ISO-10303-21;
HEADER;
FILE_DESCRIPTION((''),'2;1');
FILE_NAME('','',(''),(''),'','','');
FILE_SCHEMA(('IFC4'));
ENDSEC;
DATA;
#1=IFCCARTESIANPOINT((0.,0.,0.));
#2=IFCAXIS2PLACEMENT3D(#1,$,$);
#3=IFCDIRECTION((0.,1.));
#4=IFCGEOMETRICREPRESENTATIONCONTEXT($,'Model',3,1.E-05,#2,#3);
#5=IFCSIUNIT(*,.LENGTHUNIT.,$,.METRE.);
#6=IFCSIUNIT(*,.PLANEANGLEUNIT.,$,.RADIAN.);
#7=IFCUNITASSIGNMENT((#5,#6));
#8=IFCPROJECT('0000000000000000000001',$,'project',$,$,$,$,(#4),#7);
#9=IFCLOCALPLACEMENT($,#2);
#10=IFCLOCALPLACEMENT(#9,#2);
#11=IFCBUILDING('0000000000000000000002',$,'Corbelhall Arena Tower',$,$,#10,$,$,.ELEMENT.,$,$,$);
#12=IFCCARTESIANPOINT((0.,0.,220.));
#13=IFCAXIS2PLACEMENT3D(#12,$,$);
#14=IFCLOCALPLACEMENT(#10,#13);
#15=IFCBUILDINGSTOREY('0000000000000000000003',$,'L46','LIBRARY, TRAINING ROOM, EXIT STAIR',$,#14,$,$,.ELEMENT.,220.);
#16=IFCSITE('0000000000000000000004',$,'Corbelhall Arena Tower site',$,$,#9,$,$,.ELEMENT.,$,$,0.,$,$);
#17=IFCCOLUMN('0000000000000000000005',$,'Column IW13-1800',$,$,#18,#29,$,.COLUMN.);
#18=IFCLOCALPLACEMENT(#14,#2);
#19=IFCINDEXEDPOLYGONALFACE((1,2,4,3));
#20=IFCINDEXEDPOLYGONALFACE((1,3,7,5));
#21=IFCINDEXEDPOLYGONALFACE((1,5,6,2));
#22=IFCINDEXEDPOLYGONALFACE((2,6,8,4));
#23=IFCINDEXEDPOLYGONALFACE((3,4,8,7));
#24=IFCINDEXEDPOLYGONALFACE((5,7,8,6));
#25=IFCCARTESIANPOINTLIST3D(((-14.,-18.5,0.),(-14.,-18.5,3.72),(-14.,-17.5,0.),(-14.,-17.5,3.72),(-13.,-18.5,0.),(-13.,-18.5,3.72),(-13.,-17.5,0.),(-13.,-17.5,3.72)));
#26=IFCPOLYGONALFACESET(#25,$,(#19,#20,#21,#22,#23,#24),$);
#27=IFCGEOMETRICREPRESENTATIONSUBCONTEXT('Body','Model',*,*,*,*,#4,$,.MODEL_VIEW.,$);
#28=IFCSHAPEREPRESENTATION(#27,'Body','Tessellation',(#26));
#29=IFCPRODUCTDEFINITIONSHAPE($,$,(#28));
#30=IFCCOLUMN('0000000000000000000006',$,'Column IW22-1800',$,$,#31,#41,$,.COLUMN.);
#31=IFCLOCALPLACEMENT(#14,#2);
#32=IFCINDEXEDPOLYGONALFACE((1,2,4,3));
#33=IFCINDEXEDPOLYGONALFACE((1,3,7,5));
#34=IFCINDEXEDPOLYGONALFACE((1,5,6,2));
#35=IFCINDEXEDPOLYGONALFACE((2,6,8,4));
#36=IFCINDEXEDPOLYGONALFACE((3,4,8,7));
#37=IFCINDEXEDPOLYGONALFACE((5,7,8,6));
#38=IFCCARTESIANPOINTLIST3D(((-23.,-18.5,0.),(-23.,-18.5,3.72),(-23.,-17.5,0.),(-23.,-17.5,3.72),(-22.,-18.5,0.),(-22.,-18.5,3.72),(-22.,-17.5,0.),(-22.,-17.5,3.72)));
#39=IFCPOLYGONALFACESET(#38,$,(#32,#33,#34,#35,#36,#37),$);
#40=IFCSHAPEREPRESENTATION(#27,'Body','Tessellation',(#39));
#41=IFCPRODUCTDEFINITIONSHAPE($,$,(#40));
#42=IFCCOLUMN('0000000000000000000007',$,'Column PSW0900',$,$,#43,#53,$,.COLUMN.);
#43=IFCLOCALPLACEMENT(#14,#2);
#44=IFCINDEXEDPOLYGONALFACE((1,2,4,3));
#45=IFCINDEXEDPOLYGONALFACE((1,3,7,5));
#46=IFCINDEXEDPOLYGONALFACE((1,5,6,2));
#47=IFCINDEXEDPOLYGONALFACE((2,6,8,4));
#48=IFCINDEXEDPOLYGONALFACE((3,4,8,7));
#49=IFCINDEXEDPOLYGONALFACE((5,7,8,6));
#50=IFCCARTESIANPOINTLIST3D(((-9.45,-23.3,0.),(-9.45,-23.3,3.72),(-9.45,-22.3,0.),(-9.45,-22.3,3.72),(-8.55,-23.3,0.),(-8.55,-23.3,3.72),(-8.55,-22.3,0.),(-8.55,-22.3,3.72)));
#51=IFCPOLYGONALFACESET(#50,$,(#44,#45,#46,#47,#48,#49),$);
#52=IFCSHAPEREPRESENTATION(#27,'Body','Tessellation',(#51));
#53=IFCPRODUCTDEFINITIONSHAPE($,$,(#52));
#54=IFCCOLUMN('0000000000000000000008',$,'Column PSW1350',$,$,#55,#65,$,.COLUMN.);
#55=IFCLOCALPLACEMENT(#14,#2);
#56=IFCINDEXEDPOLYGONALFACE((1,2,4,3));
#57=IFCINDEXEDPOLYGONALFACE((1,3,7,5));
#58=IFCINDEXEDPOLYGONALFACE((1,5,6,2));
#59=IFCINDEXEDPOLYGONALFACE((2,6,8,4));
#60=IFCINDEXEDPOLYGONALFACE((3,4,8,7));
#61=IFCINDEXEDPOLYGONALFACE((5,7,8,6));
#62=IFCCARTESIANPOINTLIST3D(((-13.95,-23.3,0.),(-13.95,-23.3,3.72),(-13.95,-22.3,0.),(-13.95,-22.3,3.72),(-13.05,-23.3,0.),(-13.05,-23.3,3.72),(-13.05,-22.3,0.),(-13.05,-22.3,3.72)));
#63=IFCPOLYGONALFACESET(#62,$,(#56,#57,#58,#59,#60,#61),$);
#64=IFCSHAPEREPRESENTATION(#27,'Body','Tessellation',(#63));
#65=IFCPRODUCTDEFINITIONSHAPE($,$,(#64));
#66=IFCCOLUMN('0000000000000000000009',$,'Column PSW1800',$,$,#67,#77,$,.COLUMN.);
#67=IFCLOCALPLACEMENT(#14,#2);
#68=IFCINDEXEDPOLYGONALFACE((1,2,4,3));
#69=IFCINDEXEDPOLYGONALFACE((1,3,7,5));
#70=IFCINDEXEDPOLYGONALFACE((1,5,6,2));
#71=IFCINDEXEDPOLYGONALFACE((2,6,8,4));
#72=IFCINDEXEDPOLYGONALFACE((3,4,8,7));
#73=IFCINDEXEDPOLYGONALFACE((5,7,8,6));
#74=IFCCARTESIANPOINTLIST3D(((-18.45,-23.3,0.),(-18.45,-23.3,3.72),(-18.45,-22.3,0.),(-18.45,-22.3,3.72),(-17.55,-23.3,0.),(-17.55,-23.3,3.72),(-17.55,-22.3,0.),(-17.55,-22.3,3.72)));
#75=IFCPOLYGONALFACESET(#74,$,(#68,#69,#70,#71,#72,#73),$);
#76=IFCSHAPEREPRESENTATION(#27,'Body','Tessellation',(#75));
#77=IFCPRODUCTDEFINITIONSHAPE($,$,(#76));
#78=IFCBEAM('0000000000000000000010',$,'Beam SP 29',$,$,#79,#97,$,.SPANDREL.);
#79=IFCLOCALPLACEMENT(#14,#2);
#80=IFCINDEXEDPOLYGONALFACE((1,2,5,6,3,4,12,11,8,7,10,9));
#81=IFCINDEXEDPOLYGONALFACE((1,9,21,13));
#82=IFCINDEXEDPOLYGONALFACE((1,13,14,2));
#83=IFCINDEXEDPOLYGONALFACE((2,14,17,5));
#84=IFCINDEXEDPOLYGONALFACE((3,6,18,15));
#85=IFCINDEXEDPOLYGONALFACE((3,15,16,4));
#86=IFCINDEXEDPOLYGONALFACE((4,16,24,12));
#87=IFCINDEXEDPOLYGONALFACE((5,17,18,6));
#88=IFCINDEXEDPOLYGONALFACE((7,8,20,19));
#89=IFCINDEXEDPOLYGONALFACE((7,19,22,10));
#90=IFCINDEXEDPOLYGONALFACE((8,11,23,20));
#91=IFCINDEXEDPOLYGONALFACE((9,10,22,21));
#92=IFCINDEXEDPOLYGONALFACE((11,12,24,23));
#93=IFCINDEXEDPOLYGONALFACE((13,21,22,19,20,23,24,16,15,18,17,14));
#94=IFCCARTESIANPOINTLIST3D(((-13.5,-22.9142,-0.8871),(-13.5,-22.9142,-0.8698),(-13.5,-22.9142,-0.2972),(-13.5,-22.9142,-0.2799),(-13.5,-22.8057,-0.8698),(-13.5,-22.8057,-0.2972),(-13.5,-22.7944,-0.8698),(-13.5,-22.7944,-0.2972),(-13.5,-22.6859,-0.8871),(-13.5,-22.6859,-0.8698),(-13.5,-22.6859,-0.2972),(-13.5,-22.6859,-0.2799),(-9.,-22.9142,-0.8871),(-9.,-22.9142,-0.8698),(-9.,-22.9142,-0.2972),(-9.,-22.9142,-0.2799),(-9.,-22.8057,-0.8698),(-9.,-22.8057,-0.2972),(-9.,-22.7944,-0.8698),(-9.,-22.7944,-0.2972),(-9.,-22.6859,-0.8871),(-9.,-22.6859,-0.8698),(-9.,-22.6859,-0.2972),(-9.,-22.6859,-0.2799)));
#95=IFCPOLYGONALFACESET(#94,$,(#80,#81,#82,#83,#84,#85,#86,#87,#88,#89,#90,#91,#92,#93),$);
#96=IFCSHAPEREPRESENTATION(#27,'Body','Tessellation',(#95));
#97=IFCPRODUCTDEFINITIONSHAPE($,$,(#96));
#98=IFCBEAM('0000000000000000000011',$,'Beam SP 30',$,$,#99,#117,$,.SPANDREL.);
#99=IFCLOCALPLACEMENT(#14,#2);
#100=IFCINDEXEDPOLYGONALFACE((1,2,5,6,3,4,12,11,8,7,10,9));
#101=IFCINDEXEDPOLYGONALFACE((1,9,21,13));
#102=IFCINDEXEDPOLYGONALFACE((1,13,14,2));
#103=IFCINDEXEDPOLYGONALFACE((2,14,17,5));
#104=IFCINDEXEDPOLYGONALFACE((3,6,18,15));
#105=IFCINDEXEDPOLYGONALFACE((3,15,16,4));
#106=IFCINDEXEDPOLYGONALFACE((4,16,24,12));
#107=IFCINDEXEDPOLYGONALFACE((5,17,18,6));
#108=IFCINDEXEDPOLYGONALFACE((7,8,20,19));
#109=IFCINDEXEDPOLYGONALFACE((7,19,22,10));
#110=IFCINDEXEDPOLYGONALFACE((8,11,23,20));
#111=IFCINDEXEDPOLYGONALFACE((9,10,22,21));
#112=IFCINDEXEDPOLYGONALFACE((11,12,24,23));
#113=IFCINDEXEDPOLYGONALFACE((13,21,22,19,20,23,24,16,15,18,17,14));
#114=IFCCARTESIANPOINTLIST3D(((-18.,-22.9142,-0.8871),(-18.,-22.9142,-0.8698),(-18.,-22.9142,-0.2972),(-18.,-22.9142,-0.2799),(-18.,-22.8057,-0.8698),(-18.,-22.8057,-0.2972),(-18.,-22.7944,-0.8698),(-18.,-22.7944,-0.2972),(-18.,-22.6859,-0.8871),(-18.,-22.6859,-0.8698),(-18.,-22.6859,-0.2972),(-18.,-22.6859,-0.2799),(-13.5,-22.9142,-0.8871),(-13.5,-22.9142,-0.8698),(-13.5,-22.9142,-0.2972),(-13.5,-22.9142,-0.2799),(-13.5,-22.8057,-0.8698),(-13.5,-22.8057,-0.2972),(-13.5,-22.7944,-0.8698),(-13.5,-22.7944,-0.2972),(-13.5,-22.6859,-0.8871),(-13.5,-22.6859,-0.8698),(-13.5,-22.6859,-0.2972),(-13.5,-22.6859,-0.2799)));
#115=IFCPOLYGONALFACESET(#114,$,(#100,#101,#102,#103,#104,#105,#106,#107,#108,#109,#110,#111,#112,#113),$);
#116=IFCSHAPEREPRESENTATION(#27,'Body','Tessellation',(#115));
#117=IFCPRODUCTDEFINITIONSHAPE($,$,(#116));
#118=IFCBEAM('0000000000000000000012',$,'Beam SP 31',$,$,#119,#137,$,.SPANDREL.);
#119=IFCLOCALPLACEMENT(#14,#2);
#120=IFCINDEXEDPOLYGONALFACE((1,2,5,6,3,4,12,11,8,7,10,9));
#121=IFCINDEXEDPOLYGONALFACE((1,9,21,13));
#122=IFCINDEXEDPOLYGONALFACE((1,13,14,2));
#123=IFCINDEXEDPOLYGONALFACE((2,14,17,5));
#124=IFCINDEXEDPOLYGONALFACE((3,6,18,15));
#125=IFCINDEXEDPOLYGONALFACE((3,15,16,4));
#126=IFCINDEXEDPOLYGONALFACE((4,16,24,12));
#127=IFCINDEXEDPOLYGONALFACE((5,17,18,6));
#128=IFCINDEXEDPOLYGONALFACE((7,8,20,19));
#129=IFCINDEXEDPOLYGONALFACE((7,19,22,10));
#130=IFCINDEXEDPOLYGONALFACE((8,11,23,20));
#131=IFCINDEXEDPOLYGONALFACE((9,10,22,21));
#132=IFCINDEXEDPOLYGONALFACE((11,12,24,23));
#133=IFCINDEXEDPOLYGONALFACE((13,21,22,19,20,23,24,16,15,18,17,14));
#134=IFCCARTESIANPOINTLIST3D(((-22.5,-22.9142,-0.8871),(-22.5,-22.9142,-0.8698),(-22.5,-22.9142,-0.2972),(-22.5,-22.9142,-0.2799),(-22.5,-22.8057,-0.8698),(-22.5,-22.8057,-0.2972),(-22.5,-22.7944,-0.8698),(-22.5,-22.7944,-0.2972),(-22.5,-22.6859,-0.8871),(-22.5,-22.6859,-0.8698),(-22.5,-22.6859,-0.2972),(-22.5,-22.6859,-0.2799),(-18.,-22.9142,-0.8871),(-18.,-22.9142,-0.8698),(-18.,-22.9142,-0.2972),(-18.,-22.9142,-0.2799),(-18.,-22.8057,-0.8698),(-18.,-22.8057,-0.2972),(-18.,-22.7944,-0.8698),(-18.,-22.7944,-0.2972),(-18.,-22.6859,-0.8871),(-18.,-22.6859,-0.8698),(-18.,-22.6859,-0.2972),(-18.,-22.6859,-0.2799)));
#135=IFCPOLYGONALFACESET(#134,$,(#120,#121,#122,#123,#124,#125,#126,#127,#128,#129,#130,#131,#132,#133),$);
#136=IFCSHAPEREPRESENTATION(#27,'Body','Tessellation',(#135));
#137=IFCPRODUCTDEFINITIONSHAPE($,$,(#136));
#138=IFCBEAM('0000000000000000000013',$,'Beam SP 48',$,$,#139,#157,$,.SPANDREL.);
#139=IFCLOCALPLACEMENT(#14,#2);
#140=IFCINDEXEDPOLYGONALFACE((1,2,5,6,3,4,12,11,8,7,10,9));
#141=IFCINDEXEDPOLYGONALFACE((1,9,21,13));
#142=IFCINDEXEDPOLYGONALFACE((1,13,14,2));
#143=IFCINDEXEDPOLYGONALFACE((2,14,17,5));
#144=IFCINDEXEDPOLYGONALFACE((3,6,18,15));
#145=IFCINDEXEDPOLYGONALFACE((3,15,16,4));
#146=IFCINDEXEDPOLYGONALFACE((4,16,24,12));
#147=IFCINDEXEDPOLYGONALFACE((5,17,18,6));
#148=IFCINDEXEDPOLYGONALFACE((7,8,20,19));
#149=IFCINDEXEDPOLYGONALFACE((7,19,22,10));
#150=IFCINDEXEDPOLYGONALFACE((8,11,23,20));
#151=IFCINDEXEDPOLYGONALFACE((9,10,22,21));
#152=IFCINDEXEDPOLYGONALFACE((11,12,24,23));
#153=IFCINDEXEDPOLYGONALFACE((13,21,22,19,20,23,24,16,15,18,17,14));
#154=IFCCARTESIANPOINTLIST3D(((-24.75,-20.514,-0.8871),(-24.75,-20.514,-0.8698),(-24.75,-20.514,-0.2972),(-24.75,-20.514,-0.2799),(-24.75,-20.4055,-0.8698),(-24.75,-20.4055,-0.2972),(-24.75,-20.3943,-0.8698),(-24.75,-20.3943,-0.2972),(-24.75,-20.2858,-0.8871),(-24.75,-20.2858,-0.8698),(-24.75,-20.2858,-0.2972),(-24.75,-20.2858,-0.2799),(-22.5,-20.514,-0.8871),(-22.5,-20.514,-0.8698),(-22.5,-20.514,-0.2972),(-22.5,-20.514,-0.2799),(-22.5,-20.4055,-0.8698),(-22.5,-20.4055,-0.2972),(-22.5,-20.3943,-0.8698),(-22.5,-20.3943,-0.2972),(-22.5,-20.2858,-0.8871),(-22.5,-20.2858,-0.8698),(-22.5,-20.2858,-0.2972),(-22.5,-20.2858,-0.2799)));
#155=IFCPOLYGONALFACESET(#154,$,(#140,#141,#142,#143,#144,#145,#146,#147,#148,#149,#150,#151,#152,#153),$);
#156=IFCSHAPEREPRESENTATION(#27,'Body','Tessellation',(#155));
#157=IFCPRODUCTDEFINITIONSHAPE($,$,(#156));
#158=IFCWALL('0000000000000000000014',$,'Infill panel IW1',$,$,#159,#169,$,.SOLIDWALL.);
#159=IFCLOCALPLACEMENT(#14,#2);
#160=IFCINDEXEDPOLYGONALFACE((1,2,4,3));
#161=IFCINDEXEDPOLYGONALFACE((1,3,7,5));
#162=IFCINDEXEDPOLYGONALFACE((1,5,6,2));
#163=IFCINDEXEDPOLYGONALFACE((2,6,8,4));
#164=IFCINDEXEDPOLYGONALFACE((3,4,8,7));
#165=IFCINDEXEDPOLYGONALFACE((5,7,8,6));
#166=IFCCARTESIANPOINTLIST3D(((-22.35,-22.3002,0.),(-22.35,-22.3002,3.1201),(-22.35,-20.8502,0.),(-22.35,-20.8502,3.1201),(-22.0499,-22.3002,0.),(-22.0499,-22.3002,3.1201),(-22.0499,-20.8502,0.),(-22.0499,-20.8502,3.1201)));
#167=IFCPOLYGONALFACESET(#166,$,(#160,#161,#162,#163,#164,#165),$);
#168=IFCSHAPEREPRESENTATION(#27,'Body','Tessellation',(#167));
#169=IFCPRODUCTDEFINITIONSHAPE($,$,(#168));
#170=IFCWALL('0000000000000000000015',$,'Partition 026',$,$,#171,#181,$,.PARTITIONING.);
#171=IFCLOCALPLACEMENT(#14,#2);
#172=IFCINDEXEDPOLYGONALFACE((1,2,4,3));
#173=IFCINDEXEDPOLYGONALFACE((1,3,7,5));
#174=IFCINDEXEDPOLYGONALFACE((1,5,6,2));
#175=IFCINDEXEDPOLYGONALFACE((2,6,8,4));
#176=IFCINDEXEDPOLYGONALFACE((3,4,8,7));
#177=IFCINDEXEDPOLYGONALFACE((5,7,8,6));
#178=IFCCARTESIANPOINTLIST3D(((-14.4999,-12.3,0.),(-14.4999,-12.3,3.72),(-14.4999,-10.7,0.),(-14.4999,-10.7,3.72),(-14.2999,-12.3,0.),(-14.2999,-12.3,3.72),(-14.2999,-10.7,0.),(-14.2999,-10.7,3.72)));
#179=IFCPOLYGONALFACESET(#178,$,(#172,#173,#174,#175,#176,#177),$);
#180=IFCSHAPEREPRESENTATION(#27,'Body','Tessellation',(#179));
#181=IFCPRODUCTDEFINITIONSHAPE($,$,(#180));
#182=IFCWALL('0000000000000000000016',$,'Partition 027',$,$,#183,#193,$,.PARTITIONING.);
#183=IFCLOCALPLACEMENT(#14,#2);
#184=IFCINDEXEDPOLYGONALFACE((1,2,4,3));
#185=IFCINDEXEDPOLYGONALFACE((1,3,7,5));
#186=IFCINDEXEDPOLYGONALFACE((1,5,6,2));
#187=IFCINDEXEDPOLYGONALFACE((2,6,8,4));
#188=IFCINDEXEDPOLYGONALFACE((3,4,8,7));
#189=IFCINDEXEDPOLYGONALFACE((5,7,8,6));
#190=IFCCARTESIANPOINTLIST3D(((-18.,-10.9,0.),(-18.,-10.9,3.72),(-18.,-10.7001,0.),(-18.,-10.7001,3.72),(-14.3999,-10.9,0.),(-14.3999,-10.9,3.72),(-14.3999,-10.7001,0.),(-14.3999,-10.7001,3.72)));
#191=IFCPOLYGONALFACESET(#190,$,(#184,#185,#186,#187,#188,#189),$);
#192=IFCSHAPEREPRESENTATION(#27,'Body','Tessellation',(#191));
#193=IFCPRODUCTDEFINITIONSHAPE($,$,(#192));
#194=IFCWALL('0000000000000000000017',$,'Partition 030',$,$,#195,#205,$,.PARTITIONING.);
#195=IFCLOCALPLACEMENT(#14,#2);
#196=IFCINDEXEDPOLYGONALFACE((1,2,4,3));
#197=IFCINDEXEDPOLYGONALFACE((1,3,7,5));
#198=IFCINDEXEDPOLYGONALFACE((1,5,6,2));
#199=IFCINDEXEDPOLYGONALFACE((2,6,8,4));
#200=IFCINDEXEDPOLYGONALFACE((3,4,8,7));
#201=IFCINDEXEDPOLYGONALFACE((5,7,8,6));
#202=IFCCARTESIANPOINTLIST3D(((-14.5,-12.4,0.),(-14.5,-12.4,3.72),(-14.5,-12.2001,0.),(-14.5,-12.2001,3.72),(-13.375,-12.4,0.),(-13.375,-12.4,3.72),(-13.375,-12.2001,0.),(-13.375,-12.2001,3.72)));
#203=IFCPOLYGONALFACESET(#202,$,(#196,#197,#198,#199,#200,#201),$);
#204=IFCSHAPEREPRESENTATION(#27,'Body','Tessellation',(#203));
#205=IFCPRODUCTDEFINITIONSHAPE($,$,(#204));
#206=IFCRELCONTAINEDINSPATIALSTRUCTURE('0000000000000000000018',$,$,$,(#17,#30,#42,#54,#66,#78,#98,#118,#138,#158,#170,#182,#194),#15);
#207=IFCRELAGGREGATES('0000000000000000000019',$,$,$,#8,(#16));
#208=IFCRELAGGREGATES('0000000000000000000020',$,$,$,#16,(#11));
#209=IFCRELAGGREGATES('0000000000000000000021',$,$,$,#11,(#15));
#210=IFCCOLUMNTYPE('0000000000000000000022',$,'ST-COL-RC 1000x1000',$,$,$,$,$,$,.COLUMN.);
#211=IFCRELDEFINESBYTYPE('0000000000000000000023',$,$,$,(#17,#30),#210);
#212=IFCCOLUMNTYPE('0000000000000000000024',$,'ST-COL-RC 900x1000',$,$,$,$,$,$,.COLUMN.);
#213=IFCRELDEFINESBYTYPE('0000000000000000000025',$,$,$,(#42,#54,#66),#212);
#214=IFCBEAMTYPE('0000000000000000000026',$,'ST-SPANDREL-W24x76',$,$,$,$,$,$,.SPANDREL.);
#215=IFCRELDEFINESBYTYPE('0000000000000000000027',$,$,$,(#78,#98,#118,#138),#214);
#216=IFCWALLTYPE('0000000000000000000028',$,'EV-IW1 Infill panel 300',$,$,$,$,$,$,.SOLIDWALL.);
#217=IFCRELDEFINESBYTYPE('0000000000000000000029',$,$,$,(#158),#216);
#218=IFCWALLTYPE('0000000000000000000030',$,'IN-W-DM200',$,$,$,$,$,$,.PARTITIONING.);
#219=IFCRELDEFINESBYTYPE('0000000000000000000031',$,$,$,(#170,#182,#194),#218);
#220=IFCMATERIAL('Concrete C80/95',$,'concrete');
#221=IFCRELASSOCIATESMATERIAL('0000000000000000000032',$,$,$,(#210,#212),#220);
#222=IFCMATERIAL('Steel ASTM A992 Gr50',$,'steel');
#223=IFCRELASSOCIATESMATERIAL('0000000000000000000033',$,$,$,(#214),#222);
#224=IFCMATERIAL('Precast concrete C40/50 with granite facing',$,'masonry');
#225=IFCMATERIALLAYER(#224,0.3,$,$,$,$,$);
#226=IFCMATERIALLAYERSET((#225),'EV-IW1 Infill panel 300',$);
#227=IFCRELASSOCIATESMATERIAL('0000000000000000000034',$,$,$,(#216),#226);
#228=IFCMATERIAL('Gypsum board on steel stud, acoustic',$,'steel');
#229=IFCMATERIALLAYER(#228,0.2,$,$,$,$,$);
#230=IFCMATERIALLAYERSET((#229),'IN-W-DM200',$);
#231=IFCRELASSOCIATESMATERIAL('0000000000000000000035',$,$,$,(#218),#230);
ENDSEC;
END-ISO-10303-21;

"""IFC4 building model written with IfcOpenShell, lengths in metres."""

from ifc_helpers import new_model, si_unit, direction, frame, frame_2d, origin, origin_2d, place, context, subcontext, project, spatial, rectangle, i_section, extrude, material, layer, layer_set, material_profile, profile_set, type_object, element, save


model = new_model("IFC4")

# Units and contexts
model_context = context("Model", 3, precision=1e-05, world=origin(), true_north=direction((0.0, 1.0)))
body_context = subcontext(model_context, "Body", "Model", "MODEL_VIEW")
ifc_project = project(units=[si_unit("LENGTHUNIT", "METRE"), si_unit("PLANEANGLEUNIT", "RADIAN")], contexts=[model_context])

# Site, building, storey
site_placement = place(None, origin())
site = spatial("IfcSite", under=ifc_project, at=site_placement, Name="Corbelhall Arena Tower site", CompositionType="ELEMENT", RefElevation=0.0)
building_placement = place(site_placement, origin())
building = spatial("IfcBuilding", under=site, at=building_placement, Name="Corbelhall Arena Tower", CompositionType="ELEMENT")
storey_placement = place(building_placement, frame((0.0, 0.0, 220.0)))
storey = spatial("IfcBuildingStorey", under=building, at=storey_placement, Name="L46", Description="LIBRARY, TRAINING ROOM, EXIT STAIR", CompositionType="ELEMENT", Elevation=220.0)

# Columns
ifc_material_1 = material(Name="Concrete C80/95", Category="concrete")
ifc_material_profile_1 = material_profile(ifc_material_1, rectangle(XDim=1.0, YDim=1.0, at=origin_2d()))
ifc_profile_set_1 = profile_set([ifc_material_profile_1], Name="Concrete C80/95")
column_type_1 = type_object("IfcColumnType", Name="ST-COL-RC 1000x1000", PredefinedType="COLUMN", material=ifc_profile_set_1)
for number, where, z_axis, x_axis, name in (
    (1, (-13.5, -18.0, 0.0), (0.0, 0.0, 1.0), (1.0, 0.0, 0.0), "Column IW13-1800"),
    (2, (-22.5, -18.0, 0.0), (0.0, 0.0, 1.0), (1.0, 0.0, 0.0), "Column IW22-1800"),
):
    element("IfcColumn", number, at=place(storey_placement, frame(where, z_axis=z_axis, x_axis=x_axis)), inside=storey, type_object=column_type_1, Name=name, PredefinedType="COLUMN", context=body_context, shape_type="SweptSolid", body=[
        extrude(rectangle(XDim=1.0, YDim=1.0, at=origin_2d()), origin(), (0.0, 0.0, 1.0), 3.72),
    ])
ifc_material_profile_2 = material_profile(ifc_material_1, rectangle(XDim=0.8999, YDim=1.0, at=origin_2d()))
ifc_profile_set_2 = profile_set([ifc_material_profile_2], Name="Concrete C80/95")
column_type_2 = type_object("IfcColumnType", Name="ST-COL-RC 900x1000", PredefinedType="COLUMN", material=ifc_profile_set_2)
for number, where, z_axis, x_axis, name in (
    (3, (-9.0, -22.8, 0.0), (0.0, 0.0, 1.0), (1.0, 0.0, 0.0), "Column PSW0900"),
    (4, (-13.5, -22.8, 0.0), (0.0, 0.0, 1.0), (1.0, 0.0, 0.0), "Column PSW1350"),
    (5, (-18.0, -22.8, 0.0), (0.0, 0.0, 1.0), (1.0, 0.0, 0.0), "Column PSW1800"),
):
    element("IfcColumn", number, at=place(storey_placement, frame(where, z_axis=z_axis, x_axis=x_axis)), inside=storey, type_object=column_type_2, Name=name, PredefinedType="COLUMN", context=body_context, shape_type="SweptSolid", body=[
        extrude(rectangle(XDim=0.8999, YDim=1.0, at=origin_2d()), origin(), (0.0, 0.0, 1.0), 3.72),
    ])

# Beams
ifc_material_2 = material(Name="Steel ASTM A992 Gr50", Category="steel")
ifc_material_profile_3 = material_profile(ifc_material_2, i_section(OverallWidth=0.2283, OverallDepth=0.6072, WebThickness=0.0112, FlangeThickness=0.0173, at=origin_2d()))
ifc_profile_set_3 = profile_set([ifc_material_profile_3], Name="Steel ASTM A992 Gr50")
beam_type = type_object("IfcBeamType", Name="ST-SPANDREL-W24x76", PredefinedType="SPANDREL", material=ifc_profile_set_3)
for number, where, z_axis, x_axis, name in (
    (6, (-9.0, -22.8, -0.5835), (-1.0, 0.0, 0.0), (0.0, -1.0, 0.0), "Beam SP 29"),
    (7, (-13.5, -22.8, -0.5835), (-1.0, 0.0, 0.0), (0.0, -1.0, 0.0), "Beam SP 30"),
    (8, (-18.0, -22.8, -0.5835), (-1.0, 0.0, 0.0), (0.0, -1.0, 0.0), "Beam SP 31"),
):
    element("IfcBeam", number, at=place(storey_placement, frame(where, z_axis=z_axis, x_axis=x_axis)), inside=storey, type_object=beam_type, Name=name, PredefinedType="SPANDREL", context=body_context, shape_type="SweptSolid", body=[
        extrude(i_section(OverallWidth=0.2283, OverallDepth=0.6072, WebThickness=0.0112, FlangeThickness=0.0173, at=origin_2d()), origin(), (0.0, 0.0, 1.0), 4.5),
    ])
beam_placement = place(storey_placement, frame((-22.5, -20.3999, -0.5835), z_axis=(-1.0, 0.0, 0.0), x_axis=(0.0, -1.0, 0.0)))
element("IfcBeam", 9, at=beam_placement, inside=storey, type_object=beam_type, Name="Beam SP 48", PredefinedType="SPANDREL", context=body_context, shape_type="SweptSolid", body=[
    extrude(i_section(OverallWidth=0.2283, OverallDepth=0.6072, WebThickness=0.0112, FlangeThickness=0.0173, at=origin_2d()), origin(), (0.0, 0.0, 1.0), 2.25),
])

# Wall
ifc_material_3 = material(Name="Precast concrete C40/50 with granite facing", Category="masonry")
ifc_layer_1 = layer(ifc_material_3, 0.3)
ifc_layer_set_1 = layer_set([ifc_layer_1], Name="EV-IW1 Infill panel 300")
wall_type_1 = type_object("IfcWallType", Name="EV-IW1 Infill panel 300", PredefinedType="SOLIDWALL", material=ifc_layer_set_1)
wall_1_placement = place(storey_placement, frame((-22.2, -20.8501, 0.0), z_axis=(0.0, 0.0, 1.0), x_axis=(0.0, -1.0, 0.0)))
element("IfcWall", 10, at=wall_1_placement, inside=storey, type_object=wall_type_1, Name="Infill panel IW1", PredefinedType="SOLIDWALL", context=body_context, shape_type="SweptSolid", body=[
    extrude(rectangle(XDim=1.45, YDim=0.3, at=frame_2d((0.7251, 0.0))), origin(), (0.0, 0.0, 1.0), 3.1201),
])

# Shared definitions
ifc_material_4 = material(Name="Gypsum board on steel stud, acoustic", Category="steel")
ifc_layer_2 = layer(ifc_material_4, 0.2)
ifc_layer_set_2 = layer_set([ifc_layer_2], Name="IN-W-DM200")
wall_type_2 = type_object("IfcWallType", Name="IN-W-DM200", PredefinedType="PARTITIONING", material=ifc_layer_set_2)

# Walls
wall_2_placement = place(storey_placement, frame((-14.3999, -12.3, 0.0), z_axis=(0.0, 0.0, 1.0), x_axis=(0.0, 1.0, 0.0)))
element("IfcWall", 11, at=wall_2_placement, inside=storey, type_object=wall_type_2, Name="Partition 026", PredefinedType="PARTITIONING", context=body_context, shape_type="SweptSolid", body=[
    extrude(rectangle(XDim=1.6001, YDim=0.2, at=frame_2d((0.8, 0.0))), origin(), (0.0, 0.0, 1.0), 3.72),
])
wall_3_placement = place(storey_placement, frame((-14.3999, -10.8, 0.0), z_axis=(0.0, 0.0, 1.0), x_axis=(-1.0, 0.0, 0.0)))
element("IfcWall", 12, at=wall_3_placement, inside=storey, type_object=wall_type_2, Name="Partition 027", PredefinedType="PARTITIONING", context=body_context, shape_type="SweptSolid", body=[
    extrude(rectangle(XDim=3.6001, YDim=0.2, at=frame_2d((1.8, 0.0))), origin(), (0.0, 0.0, 1.0), 3.72),
])
wall_4_placement = place(storey_placement, frame((-13.375, -12.3, 0.0), z_axis=(0.0, 0.0, 1.0), x_axis=(-1.0, 0.0, 0.0)))
element("IfcWall", 13, at=wall_4_placement, inside=storey, type_object=wall_type_2, Name="Partition 030", PredefinedType="PARTITIONING", context=body_context, shape_type="SweptSolid", body=[
    extrude(rectangle(XDim=1.125, YDim=0.2, at=frame_2d((0.5625, 0.0))), origin(), (0.0, 0.0, 1.0), 3.72),
])

save(model, "model.ifc")
